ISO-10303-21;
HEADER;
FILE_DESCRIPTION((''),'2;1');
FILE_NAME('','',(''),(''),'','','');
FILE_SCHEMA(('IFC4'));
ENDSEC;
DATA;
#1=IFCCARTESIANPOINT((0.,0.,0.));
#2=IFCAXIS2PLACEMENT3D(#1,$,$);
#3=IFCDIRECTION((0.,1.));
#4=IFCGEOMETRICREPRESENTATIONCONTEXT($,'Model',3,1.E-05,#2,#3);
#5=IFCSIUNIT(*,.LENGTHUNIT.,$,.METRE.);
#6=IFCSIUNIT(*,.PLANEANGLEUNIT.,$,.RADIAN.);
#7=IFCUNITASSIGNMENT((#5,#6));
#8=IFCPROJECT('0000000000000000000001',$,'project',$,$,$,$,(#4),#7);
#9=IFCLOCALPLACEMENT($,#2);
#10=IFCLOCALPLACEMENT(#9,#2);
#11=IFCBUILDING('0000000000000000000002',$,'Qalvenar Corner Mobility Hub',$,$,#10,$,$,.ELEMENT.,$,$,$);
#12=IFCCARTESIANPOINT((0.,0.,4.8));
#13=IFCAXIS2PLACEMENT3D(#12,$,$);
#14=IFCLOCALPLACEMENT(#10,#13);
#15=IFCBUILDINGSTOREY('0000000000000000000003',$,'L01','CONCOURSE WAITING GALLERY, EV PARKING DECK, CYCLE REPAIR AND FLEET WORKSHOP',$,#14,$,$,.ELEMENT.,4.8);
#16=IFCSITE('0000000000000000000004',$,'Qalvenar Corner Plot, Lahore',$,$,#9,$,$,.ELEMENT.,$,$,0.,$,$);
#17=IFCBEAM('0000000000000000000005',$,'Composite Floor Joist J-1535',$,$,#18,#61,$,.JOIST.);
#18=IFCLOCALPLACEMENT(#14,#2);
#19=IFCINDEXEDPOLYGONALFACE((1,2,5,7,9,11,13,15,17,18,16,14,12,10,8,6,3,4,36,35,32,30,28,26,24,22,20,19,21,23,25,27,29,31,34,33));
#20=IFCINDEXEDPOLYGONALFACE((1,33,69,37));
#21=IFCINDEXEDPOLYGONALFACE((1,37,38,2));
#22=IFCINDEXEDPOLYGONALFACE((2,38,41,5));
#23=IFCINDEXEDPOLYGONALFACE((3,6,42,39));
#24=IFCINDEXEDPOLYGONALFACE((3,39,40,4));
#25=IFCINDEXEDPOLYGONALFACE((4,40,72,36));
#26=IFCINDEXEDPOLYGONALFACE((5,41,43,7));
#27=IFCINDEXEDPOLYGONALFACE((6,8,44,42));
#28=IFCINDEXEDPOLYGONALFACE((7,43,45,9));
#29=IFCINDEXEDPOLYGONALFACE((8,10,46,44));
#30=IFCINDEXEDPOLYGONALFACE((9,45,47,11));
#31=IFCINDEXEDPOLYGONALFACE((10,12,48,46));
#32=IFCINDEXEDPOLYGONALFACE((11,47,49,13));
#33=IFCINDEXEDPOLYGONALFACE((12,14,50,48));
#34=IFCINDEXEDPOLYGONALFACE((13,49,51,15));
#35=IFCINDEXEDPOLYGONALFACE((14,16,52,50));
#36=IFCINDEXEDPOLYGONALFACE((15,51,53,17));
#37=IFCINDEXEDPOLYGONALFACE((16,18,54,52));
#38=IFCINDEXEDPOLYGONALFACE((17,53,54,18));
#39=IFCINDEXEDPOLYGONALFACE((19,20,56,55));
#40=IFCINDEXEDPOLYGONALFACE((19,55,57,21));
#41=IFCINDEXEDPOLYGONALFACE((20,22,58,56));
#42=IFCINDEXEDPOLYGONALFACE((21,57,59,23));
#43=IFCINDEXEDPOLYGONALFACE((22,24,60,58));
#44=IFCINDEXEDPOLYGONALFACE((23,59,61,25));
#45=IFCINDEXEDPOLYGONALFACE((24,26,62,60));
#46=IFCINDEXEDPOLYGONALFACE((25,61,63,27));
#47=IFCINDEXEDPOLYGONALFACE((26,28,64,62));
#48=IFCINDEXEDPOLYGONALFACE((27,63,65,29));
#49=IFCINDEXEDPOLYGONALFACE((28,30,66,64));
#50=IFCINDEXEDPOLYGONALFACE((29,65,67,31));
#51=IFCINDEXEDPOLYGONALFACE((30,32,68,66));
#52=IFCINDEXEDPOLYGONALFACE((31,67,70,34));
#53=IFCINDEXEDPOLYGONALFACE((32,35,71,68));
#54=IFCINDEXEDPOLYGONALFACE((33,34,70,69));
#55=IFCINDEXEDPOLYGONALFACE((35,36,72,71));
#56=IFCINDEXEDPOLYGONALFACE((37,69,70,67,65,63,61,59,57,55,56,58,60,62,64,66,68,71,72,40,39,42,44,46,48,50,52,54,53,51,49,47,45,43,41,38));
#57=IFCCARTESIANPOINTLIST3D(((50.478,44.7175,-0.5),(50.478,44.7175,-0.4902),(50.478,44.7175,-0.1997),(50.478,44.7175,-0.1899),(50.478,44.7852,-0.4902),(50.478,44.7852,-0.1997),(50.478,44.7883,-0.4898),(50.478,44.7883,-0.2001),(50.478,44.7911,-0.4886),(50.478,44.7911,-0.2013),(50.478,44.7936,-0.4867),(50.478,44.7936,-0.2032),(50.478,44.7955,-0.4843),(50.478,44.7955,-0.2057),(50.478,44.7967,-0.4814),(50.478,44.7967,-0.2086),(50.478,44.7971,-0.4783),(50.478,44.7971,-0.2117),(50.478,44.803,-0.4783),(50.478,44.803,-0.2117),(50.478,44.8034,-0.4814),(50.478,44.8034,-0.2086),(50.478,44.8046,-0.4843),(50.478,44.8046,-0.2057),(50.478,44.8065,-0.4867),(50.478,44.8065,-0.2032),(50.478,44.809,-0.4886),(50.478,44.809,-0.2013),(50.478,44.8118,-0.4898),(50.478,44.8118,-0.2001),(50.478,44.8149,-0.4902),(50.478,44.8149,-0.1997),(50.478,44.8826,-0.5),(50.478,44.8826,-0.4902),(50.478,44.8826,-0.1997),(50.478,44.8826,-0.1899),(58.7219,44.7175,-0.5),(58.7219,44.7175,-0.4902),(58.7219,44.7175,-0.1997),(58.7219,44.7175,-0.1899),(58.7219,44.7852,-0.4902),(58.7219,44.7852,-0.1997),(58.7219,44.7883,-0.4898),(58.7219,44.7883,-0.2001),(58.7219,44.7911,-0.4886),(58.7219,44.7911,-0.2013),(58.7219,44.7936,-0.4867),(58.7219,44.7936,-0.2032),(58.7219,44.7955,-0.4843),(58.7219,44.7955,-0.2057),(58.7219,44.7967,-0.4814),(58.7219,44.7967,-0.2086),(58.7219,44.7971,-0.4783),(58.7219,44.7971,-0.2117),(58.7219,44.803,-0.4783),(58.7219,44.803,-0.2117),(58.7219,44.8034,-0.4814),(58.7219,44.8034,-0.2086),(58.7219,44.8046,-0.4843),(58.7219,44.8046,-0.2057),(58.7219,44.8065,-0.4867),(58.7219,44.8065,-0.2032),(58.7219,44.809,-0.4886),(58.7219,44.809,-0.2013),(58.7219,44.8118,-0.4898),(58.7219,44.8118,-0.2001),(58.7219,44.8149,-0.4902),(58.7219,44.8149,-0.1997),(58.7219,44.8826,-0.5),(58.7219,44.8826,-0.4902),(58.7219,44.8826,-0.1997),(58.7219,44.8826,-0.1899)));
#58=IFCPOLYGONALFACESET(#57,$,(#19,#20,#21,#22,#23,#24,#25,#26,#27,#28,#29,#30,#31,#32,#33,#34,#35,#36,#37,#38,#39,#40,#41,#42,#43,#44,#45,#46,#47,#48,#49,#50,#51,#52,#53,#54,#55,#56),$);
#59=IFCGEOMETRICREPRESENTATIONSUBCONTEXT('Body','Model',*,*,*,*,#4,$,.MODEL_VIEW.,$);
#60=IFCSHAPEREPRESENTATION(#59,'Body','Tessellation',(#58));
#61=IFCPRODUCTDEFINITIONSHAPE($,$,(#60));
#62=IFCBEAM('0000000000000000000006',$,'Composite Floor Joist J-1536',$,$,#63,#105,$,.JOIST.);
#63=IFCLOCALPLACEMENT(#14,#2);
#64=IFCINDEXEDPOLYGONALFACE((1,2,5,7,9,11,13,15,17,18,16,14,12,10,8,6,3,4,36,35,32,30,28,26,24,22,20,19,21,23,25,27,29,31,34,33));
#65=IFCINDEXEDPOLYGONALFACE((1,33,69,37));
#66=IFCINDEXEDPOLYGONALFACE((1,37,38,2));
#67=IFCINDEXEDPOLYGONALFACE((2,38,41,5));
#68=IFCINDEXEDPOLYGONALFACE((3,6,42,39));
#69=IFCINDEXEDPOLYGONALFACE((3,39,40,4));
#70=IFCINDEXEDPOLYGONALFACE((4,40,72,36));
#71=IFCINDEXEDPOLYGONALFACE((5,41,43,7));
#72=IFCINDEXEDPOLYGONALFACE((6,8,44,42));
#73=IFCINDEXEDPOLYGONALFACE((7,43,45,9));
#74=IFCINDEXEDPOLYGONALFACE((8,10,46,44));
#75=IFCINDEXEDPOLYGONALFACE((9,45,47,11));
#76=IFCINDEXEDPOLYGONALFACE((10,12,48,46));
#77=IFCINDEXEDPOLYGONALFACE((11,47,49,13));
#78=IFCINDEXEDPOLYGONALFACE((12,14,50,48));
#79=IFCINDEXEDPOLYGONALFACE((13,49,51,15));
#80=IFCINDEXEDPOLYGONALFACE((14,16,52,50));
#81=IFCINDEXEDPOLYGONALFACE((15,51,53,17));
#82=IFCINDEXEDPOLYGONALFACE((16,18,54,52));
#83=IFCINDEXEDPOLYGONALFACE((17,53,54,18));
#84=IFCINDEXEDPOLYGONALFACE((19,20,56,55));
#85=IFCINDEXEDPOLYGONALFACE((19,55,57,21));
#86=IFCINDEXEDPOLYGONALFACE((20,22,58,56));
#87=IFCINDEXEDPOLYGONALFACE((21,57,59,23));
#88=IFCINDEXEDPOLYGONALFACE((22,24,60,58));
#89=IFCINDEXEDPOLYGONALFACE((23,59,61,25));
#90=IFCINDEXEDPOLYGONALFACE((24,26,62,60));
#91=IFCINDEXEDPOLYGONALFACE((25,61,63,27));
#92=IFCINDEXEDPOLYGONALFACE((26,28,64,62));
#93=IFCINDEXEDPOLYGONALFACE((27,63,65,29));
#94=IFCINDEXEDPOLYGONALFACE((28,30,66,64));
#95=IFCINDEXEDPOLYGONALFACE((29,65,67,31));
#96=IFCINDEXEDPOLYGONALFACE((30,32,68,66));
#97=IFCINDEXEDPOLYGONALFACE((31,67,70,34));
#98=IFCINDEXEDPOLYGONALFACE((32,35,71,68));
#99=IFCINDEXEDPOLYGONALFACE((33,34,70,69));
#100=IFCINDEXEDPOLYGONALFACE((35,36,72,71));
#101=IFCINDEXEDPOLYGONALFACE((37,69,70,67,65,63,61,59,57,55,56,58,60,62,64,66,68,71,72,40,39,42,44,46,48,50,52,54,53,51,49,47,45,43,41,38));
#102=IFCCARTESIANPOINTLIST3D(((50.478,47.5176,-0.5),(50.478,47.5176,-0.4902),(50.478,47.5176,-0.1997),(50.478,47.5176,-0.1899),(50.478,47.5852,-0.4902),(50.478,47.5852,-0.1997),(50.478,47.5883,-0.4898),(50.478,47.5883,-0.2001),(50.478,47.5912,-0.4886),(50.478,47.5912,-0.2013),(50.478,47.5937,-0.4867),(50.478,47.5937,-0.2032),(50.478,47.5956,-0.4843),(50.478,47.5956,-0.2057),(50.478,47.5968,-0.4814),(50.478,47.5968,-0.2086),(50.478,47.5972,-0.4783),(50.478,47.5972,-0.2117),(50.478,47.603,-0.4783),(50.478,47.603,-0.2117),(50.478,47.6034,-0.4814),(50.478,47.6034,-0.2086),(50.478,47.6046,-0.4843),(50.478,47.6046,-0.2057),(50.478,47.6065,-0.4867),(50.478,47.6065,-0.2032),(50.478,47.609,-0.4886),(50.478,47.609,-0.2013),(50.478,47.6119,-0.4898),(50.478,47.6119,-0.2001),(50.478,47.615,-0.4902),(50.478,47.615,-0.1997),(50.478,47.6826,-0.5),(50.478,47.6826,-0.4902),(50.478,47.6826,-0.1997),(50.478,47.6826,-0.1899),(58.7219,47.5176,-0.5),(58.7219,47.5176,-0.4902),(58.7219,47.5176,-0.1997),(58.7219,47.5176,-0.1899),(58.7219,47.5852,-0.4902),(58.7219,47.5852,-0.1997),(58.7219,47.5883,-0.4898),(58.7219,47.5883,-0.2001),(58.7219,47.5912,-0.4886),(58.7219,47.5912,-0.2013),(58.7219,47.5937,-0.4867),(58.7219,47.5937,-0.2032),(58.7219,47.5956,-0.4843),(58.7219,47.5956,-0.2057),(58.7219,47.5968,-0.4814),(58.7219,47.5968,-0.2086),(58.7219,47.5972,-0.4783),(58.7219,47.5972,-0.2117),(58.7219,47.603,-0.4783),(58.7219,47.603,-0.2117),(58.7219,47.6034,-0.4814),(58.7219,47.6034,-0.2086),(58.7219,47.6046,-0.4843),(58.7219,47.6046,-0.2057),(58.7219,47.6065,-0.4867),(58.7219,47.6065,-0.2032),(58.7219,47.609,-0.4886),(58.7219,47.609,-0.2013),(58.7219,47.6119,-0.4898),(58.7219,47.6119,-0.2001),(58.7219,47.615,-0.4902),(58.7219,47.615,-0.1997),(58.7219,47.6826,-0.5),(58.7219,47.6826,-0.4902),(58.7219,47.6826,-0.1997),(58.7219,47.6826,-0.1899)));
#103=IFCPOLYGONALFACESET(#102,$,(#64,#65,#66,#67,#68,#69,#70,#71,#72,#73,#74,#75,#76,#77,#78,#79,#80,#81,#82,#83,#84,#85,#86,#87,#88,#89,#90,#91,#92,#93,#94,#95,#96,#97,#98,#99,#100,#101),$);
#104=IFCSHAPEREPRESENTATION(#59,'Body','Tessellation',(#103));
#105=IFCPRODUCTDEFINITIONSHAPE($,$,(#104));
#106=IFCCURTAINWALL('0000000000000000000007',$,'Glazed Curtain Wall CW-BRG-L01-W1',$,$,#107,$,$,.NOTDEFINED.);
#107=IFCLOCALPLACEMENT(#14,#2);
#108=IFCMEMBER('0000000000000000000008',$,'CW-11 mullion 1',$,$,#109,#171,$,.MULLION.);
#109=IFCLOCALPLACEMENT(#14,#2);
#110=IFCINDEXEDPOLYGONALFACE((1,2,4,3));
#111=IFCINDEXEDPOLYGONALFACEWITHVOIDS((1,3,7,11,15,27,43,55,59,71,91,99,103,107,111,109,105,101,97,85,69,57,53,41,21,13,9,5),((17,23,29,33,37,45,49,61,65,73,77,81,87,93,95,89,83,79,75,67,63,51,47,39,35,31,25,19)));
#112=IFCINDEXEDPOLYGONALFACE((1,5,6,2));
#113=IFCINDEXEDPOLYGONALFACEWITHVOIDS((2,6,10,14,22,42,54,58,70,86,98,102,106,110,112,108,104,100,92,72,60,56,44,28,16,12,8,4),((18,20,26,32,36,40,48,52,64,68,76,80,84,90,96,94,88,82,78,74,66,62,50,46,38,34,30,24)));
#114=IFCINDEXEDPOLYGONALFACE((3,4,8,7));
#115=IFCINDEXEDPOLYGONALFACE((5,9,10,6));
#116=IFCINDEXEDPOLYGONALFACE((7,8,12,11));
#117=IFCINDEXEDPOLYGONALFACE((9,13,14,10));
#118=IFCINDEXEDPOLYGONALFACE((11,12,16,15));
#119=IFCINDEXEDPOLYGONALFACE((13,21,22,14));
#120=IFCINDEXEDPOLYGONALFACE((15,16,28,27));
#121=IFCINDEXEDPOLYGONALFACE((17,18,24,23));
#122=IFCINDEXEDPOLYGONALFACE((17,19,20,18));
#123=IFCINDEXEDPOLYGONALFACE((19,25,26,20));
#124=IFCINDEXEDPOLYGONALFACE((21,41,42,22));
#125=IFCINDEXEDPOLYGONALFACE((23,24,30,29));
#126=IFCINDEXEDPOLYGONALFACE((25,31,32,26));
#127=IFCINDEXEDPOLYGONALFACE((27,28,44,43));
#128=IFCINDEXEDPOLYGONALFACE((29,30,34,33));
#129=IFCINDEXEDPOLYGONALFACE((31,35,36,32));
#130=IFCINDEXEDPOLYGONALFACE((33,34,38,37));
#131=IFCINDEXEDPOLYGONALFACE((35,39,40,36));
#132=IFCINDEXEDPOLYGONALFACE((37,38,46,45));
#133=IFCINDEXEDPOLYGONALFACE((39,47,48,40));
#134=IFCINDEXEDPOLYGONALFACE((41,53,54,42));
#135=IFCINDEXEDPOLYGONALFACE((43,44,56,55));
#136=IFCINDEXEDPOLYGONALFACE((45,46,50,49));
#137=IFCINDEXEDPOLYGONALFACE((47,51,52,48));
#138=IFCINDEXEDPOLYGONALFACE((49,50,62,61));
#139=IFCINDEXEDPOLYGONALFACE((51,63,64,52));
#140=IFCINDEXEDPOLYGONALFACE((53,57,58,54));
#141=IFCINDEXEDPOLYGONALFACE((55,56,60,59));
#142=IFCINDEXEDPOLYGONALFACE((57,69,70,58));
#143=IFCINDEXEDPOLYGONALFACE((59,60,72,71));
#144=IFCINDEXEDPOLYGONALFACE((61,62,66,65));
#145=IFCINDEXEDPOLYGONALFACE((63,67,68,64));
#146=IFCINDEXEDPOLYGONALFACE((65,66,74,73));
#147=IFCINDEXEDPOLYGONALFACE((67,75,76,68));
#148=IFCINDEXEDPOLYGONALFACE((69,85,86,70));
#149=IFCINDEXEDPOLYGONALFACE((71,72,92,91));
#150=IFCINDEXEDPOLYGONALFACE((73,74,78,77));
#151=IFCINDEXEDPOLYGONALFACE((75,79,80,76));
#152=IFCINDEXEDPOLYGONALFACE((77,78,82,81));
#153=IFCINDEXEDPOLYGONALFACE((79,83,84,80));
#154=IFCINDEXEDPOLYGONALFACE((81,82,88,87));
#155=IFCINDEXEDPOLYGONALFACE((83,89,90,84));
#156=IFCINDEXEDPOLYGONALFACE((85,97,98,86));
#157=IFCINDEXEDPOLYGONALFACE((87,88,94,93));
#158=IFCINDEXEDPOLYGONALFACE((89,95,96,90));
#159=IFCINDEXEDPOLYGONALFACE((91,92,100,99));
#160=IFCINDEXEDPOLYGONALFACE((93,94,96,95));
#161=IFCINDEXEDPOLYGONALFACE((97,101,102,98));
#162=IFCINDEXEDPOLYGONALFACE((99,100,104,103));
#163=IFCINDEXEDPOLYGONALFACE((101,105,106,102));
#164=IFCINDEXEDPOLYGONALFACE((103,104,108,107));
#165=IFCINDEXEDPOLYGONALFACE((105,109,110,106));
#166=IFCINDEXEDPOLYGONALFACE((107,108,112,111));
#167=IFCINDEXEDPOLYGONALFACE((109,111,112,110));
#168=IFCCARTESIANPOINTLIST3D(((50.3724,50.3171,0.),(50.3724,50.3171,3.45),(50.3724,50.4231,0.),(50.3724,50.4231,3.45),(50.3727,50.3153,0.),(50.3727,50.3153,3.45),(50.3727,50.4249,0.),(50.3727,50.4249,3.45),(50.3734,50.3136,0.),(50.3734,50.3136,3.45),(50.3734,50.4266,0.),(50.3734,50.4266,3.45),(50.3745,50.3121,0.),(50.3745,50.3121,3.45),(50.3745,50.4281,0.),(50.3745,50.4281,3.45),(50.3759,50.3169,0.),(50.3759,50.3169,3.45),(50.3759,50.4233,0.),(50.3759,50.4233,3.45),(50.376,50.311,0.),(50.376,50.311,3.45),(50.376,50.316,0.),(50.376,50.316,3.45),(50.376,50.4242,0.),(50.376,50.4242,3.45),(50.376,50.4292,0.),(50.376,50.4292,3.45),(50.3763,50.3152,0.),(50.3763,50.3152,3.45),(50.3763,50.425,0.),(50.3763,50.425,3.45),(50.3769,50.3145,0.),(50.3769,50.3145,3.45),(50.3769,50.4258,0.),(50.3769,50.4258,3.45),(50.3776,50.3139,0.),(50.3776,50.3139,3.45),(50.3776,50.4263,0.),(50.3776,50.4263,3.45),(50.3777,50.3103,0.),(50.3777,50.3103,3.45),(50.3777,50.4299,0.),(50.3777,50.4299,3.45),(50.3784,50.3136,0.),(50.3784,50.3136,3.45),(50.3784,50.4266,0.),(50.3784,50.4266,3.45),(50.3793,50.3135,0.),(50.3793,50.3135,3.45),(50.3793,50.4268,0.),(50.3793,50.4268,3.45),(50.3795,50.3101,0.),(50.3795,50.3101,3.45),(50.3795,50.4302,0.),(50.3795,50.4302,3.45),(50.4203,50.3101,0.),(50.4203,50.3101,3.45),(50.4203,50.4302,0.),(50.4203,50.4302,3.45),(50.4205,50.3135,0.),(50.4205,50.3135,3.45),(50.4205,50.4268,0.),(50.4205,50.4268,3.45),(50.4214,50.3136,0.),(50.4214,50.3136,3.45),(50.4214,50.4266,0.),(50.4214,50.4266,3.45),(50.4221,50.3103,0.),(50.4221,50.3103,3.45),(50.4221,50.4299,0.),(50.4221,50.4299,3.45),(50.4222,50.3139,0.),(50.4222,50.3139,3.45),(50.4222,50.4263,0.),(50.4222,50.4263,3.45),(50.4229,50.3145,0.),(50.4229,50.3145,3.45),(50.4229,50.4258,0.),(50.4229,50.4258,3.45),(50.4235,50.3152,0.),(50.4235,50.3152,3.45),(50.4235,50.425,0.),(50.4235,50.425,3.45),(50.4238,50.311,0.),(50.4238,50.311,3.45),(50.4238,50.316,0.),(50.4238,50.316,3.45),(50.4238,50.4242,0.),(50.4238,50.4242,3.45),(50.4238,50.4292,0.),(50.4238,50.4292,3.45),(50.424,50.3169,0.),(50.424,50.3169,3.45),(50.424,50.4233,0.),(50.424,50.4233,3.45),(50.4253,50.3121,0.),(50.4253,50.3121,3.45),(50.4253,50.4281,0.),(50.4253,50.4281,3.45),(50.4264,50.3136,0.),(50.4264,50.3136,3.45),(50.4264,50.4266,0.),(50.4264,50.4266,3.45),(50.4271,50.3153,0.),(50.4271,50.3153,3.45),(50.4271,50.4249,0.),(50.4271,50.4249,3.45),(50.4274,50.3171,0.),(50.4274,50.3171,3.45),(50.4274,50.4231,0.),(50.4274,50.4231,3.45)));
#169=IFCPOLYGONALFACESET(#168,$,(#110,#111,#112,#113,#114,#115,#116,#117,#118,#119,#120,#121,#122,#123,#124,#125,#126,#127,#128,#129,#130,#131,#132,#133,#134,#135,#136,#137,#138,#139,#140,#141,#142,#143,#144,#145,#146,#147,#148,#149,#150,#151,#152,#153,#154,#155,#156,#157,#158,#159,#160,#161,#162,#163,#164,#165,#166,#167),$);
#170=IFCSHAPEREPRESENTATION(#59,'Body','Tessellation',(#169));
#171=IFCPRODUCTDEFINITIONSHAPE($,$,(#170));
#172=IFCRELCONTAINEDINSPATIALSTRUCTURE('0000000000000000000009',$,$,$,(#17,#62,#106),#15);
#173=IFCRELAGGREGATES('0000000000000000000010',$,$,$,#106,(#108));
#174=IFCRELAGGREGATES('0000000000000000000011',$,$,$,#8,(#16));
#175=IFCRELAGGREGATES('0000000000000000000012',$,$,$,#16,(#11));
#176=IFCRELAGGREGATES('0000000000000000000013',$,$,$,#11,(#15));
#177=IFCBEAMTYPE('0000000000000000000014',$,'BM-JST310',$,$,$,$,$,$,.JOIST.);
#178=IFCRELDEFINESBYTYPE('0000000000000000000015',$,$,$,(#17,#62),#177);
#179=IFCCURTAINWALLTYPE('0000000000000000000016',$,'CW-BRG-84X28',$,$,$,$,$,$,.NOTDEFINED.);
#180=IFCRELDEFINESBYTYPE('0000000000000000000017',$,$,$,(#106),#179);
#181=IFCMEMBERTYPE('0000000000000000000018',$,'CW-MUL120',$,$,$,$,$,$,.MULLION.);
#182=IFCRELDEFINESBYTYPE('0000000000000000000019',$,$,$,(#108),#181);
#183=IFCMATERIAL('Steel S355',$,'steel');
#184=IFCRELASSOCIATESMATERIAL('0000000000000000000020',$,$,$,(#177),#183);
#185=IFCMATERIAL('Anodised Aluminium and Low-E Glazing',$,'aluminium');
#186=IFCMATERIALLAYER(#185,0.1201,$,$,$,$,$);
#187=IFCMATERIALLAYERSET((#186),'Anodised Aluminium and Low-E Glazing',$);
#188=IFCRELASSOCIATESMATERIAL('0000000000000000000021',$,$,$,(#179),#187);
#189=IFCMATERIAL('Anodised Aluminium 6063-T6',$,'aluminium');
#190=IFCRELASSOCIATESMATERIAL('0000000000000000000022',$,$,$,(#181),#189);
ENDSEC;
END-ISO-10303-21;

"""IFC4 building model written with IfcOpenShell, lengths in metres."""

from ifc_helpers import new_model, si_unit, direction, frame, origin, origin_2d, place, context, subcontext, project, spatial, hollow_rectangle, i_section, extrude, material, layer, layer_set, material_profile, profile_set, type_object, element, aggregate, save


model = new_model("IFC4")

# Units and contexts
model_context = context("Model", 3, precision=1e-05, world=origin(), true_north=direction((0.0, 1.0)))
body_context = subcontext(model_context, "Body", "Model", "MODEL_VIEW")
ifc_project = project(units=[si_unit("LENGTHUNIT", "METRE"), si_unit("PLANEANGLEUNIT", "RADIAN")], contexts=[model_context])

# Site, building, storey
site_placement = place(None, origin())
site = spatial("IfcSite", under=ifc_project, at=site_placement, Name="Qalvenar Corner Plot, Lahore", CompositionType="ELEMENT", RefElevation=0.0)
building_placement = place(site_placement, origin())
building = spatial("IfcBuilding", under=site, at=building_placement, Name="Qalvenar Corner Mobility Hub", CompositionType="ELEMENT")
storey_placement = place(building_placement, frame((0.0, 0.0, 4.8)))
storey = spatial("IfcBuildingStorey", under=building, at=storey_placement, Name="L01", Description="CONCOURSE WAITING GALLERY, EV PARKING DECK, CYCLE REPAIR AND FLEET WORKSHOP", CompositionType="ELEMENT", Elevation=4.8)

# Shared definitions
ifc_material_1 = material(Name="Steel S355", Category="steel")

# Beams
ifc_material_profile_1 = material_profile(ifc_material_1, i_section(OverallWidth=0.165, OverallDepth=0.3101, WebThickness=0.0059, FlangeThickness=0.0098, FilletRadius=0.012, at=origin_2d()), Name="W310x38.7")
ifc_profile_set_1 = profile_set([ifc_material_profile_1], Name="Steel S355")
beam_type_1 = type_object("IfcBeamType", Name="BM-JST310", PredefinedType="JOIST", material=ifc_profile_set_1)
for number, where, z_axis, x_axis, name in (
    (1, (50.478, 44.8, -0.345), (1.0, 0.0, 0.0), (0.0, 1.0, 0.0), "Composite Floor Joist J-1535"),
    (2, (50.478, 47.6001, -0.345), (1.0, 0.0, 0.0), (0.0, 1.0, 0.0), "Composite Floor Joist J-1536"),
):
    element("IfcBeam", number, at=place(storey_placement, frame(where, z_axis=z_axis, x_axis=x_axis)), inside=storey, type_object=beam_type_1, Name=name, PredefinedType="JOIST", context=body_context, shape_type="SweptSolid", body=[
        extrude(i_section(OverallWidth=0.165, OverallDepth=0.3101, WebThickness=0.0059, FlangeThickness=0.0098, FilletRadius=0.012, at=origin_2d()), origin(), (0.0, 0.0, 1.0), 8.2439),
    ])

# Curtain wall, member
ifc_material_2 = material(Name="Anodised Aluminium and Low-E Glazing", Category="aluminium")
ifc_layer_1 = layer(ifc_material_2, 0.1201)
ifc_layer_set_1 = layer_set([ifc_layer_1], Name="Anodised Aluminium and Low-E Glazing")
curtain_wall_type = type_object("IfcCurtainWallType", Name="CW-BRG-84X28", PredefinedType="NOTDEFINED", material=ifc_layer_set_1)
curtain_wall_placement = place(storey_placement, origin())
curtain_wall = element("IfcCurtainWall", 3, at=curtain_wall_placement, inside=storey, type_object=curtain_wall_type, Name="Glazed Curtain Wall CW-BRG-L01-W1", PredefinedType="NOTDEFINED")
ifc_material_3 = material(Name="Anodised Aluminium 6063-T6", Category="aluminium")
ifc_material_profile_2 = material_profile(ifc_material_3, hollow_rectangle(XDim=0.0549, YDim=0.1201, WallThickness=0.0034, InnerFilletRadius=0.0034, OuterFilletRadius=0.0071, at=origin_2d()), Name="RHS120x55x3.5")
ifc_profile_set_2 = profile_set([ifc_material_profile_2], Name="Anodised Aluminium 6063-T6")
member_type_1 = type_object("IfcMemberType", Name="CW-MUL120", PredefinedType="MULLION", material=ifc_profile_set_2)
member_1_placement = place(storey_placement, frame((50.3999, 50.3701, 0.0), z_axis=(0.0, 0.0, 1.0), x_axis=(1.0, 0.0, 0.0)))
member_1 = element("IfcMember", 4, at=member_1_placement, type_object=member_type_1, Name="CW-11 mullion 1", PredefinedType="MULLION", context=body_context, shape_type="SweptSolid", body=[
    extrude(hollow_rectangle(XDim=0.0549, YDim=0.1201, WallThickness=0.0034, InnerFilletRadius=0.0034, OuterFilletRadius=0.0071, at=origin_2d()), origin(), (0.0, 0.0, 1.0), 3.45),
])
aggregate(curtain_wall, [member_1])

save(model, "model.ifc")
